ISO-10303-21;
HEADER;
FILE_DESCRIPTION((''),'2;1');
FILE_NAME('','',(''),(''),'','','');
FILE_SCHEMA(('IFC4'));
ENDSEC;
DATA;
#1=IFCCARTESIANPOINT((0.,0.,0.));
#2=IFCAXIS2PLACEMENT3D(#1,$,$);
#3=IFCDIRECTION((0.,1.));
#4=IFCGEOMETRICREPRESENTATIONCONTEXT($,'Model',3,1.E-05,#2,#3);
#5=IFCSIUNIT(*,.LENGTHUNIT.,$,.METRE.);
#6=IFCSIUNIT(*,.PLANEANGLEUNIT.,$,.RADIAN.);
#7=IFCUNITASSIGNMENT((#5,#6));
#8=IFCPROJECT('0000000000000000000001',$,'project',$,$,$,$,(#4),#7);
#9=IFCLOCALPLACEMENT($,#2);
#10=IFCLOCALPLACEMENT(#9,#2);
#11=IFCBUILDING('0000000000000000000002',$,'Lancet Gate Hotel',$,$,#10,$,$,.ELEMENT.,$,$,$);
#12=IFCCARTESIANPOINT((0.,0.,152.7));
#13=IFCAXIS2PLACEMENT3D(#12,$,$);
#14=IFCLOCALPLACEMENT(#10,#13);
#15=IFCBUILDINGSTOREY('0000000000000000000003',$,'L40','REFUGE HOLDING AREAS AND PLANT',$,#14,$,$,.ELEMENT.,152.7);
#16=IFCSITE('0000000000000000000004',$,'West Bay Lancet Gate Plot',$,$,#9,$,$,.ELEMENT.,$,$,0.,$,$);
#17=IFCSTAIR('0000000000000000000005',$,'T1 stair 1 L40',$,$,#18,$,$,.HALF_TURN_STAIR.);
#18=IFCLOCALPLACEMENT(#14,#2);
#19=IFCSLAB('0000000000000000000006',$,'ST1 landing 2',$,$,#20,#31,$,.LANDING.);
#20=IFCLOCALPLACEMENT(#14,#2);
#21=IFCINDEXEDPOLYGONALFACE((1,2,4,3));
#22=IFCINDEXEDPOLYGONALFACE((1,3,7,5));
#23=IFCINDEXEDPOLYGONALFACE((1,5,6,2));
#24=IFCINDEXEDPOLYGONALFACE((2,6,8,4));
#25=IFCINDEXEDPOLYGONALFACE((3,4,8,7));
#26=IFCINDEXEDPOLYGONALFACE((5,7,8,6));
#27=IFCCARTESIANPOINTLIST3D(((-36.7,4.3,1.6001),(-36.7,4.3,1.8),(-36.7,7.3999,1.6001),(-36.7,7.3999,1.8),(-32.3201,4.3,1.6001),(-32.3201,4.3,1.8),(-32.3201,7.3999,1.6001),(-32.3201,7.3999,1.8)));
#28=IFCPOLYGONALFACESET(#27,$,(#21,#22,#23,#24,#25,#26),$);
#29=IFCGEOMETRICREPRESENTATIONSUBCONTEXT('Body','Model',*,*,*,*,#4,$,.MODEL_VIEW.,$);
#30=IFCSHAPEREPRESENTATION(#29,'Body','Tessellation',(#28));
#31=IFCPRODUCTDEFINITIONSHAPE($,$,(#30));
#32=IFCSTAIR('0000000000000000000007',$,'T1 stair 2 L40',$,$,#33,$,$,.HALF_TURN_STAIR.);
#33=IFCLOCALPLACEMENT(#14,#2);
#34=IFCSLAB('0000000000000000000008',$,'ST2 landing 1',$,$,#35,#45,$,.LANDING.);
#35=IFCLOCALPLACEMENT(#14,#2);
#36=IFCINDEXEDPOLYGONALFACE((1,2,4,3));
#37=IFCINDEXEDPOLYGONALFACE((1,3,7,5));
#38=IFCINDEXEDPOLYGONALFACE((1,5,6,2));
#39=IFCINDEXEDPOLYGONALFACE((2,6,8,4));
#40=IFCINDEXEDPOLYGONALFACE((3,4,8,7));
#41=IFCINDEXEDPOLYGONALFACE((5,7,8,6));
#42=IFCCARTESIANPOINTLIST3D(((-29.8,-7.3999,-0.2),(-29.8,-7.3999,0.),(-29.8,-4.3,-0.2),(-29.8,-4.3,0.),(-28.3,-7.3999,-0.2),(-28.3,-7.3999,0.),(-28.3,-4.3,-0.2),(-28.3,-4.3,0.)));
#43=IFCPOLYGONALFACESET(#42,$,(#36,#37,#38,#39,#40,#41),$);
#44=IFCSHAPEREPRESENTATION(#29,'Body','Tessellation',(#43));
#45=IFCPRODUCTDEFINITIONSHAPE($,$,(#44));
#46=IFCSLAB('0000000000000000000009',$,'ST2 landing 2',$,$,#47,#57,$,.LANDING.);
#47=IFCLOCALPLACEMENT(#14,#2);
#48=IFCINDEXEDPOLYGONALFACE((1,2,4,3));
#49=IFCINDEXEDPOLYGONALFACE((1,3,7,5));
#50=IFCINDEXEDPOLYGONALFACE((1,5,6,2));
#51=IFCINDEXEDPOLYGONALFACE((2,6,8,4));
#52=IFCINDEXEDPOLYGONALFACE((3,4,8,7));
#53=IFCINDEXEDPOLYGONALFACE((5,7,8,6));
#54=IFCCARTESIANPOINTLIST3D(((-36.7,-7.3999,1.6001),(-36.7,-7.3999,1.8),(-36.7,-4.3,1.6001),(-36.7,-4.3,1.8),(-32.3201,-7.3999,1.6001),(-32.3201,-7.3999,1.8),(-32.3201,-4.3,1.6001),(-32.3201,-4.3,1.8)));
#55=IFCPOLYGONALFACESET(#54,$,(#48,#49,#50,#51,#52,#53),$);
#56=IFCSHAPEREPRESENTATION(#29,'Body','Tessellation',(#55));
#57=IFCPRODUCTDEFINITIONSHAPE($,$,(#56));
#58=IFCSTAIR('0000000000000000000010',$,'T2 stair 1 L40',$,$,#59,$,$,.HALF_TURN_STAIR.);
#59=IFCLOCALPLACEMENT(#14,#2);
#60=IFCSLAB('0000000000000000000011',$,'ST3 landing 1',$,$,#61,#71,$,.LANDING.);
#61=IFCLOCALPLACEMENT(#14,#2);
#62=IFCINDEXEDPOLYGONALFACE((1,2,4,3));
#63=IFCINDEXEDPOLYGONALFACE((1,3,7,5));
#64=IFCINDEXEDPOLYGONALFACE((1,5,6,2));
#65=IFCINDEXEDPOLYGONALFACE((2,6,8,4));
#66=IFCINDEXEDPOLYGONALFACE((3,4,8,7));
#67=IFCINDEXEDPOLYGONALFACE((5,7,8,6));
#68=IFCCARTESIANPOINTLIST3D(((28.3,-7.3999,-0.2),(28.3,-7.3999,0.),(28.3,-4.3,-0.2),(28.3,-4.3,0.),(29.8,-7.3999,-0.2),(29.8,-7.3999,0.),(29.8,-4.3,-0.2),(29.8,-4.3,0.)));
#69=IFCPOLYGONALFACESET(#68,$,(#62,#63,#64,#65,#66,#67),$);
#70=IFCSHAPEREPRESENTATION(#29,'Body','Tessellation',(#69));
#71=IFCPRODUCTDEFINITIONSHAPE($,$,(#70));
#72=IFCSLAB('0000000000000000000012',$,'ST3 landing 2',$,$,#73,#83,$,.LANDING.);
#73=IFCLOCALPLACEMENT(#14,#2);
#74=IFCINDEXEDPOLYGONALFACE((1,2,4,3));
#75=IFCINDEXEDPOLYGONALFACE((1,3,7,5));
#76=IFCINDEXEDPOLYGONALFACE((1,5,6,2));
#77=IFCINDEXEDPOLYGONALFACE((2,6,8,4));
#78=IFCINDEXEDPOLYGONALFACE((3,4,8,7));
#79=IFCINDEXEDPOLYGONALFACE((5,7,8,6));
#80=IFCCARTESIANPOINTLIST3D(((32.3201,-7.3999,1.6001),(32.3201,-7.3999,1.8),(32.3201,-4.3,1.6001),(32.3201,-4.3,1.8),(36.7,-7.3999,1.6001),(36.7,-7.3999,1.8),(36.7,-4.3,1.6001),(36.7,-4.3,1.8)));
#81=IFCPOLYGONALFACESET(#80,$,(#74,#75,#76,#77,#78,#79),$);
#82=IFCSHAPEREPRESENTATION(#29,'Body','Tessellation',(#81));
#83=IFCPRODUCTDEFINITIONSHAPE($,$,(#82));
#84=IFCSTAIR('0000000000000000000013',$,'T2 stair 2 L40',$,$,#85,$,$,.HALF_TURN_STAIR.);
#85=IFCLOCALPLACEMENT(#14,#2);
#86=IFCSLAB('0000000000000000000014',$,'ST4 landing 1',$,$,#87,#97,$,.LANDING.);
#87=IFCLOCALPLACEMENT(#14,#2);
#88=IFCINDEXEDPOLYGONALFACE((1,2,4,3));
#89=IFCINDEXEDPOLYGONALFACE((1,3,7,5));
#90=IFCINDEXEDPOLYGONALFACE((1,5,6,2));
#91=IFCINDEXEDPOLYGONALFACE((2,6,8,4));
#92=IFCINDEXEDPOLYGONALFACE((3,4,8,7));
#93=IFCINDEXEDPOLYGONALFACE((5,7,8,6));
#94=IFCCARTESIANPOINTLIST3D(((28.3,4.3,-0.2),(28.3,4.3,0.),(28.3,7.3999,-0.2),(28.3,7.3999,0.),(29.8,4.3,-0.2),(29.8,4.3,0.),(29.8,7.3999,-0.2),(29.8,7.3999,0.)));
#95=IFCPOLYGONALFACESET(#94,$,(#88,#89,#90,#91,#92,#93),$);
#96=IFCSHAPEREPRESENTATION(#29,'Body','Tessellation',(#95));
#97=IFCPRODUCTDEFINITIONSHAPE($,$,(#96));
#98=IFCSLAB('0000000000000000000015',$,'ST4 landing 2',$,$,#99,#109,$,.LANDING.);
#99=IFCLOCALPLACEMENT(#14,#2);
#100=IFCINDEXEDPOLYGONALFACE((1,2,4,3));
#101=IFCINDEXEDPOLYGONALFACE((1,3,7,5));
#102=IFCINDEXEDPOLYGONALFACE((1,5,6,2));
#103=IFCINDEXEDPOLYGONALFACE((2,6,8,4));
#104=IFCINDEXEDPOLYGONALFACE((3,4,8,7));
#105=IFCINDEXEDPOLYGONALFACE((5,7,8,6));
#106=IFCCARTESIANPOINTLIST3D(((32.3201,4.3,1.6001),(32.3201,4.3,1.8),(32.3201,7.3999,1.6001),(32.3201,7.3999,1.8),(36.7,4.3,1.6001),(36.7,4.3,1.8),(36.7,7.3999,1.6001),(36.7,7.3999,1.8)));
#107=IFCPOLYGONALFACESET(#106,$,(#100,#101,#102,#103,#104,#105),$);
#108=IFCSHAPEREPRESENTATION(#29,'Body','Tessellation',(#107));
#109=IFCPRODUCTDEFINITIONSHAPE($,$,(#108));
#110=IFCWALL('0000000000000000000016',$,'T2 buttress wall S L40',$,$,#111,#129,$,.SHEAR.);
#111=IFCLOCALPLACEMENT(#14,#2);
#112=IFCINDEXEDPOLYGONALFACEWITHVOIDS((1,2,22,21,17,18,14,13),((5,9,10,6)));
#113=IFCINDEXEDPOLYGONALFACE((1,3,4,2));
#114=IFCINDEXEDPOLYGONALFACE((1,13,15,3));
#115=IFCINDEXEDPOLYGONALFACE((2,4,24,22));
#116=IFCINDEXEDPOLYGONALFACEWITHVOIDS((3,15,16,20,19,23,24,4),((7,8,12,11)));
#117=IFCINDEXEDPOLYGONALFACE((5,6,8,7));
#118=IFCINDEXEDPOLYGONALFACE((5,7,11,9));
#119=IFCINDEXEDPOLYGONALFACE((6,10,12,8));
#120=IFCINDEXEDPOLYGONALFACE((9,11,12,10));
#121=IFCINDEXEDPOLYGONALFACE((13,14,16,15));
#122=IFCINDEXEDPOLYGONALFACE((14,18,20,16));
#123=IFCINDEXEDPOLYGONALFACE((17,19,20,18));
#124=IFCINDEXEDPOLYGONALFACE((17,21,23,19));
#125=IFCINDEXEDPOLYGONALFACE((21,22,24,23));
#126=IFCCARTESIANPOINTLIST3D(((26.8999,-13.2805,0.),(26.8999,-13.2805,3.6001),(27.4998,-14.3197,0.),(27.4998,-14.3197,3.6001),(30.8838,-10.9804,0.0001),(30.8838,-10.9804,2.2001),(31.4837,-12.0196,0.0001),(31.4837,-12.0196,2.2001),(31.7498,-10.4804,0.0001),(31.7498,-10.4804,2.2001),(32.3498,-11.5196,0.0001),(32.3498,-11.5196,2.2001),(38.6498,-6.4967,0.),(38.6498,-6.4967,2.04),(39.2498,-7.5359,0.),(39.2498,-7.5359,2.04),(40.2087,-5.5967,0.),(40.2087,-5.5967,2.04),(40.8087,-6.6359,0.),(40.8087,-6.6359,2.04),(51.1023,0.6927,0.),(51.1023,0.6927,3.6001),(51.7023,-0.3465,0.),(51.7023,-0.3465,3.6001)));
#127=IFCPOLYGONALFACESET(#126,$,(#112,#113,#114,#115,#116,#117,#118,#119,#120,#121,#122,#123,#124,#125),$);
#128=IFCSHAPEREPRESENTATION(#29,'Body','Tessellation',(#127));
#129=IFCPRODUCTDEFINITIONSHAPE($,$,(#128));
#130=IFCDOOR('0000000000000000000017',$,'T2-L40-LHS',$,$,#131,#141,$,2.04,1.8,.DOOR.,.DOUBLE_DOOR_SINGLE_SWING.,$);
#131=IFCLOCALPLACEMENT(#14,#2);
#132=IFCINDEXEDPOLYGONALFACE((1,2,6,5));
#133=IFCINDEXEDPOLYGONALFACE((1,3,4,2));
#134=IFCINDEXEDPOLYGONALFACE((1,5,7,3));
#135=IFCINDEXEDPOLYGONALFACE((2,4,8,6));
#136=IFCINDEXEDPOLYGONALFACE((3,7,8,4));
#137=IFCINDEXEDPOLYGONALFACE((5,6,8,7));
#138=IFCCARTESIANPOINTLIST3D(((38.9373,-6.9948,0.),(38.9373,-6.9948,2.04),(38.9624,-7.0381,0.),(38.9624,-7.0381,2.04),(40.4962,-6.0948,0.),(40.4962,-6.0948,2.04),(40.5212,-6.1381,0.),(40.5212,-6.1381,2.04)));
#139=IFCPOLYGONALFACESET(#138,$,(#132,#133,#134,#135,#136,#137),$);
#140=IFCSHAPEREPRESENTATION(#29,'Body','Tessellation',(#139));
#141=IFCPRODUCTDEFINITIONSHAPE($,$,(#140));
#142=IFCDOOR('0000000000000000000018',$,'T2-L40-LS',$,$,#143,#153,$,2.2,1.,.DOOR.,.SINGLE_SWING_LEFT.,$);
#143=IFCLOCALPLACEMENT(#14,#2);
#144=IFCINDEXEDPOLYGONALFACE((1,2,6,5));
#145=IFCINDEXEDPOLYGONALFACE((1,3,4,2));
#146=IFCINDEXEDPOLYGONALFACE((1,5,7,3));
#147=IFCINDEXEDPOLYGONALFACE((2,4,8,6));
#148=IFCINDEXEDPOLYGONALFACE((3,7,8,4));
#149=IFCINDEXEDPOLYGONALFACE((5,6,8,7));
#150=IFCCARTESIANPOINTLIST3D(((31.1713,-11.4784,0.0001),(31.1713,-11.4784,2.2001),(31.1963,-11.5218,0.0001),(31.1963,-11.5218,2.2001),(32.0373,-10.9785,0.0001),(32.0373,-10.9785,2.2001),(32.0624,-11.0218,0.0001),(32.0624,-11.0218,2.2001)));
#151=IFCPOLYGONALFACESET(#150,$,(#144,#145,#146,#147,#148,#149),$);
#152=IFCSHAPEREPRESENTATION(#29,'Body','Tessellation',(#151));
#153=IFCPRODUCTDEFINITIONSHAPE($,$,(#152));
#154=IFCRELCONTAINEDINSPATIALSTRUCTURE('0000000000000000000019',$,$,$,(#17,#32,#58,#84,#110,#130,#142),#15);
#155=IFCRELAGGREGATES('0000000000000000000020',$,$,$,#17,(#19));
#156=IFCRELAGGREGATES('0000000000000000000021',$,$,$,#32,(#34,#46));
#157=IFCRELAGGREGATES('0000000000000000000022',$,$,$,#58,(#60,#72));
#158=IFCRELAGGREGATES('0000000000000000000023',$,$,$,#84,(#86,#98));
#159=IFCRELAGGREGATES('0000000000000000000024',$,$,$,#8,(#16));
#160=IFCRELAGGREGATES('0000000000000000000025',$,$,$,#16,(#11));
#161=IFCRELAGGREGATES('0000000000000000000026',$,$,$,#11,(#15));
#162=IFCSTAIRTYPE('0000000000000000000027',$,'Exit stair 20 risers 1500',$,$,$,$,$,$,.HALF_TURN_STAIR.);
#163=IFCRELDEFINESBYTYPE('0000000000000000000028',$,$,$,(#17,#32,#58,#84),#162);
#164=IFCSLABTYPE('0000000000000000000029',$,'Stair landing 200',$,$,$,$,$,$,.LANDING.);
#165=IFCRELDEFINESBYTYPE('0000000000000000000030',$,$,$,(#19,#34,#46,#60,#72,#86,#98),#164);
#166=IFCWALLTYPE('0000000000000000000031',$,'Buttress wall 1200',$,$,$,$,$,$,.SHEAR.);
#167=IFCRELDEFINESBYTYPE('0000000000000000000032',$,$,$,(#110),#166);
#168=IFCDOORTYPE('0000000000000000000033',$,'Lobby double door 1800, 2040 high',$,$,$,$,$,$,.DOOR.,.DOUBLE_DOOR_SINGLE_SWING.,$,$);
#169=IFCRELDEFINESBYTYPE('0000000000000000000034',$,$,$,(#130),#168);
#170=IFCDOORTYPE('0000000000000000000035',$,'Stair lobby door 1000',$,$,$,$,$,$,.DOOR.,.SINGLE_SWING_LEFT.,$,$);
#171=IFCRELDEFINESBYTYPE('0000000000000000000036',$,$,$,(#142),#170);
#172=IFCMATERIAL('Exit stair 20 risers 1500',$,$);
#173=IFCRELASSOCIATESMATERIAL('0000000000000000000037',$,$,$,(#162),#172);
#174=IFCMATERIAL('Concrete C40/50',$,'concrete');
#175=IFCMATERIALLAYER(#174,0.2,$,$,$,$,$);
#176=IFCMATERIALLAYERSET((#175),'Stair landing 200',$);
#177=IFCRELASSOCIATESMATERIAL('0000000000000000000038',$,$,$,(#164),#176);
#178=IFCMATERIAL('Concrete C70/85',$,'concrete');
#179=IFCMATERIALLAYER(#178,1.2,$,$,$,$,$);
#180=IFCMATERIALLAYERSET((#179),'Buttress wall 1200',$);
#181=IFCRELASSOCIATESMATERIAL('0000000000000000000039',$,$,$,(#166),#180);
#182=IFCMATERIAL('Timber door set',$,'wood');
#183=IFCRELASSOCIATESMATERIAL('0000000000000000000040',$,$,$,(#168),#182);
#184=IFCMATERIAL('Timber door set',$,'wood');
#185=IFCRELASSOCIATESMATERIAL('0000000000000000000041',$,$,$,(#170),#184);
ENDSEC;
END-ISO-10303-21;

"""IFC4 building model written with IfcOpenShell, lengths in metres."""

from ifc_helpers import new_model, si_unit, direction, frame, frame_2d, origin, place, context, subcontext, project, spatial, polyline, rectangle, outline, extrude, material, layer, layer_set, type_object, element, fill, aggregate, save


model = new_model("IFC4")

# Units and contexts
model_context = context("Model", 3, precision=1e-05, world=origin(), true_north=direction((0.0, 1.0)))
body_context = subcontext(model_context, "Body", "Model", "MODEL_VIEW")
ifc_project = project(units=[si_unit("LENGTHUNIT", "METRE"), si_unit("PLANEANGLEUNIT", "RADIAN")], contexts=[model_context])

# Site, building, storey
site_placement = place(None, origin())
site = spatial("IfcSite", under=ifc_project, at=site_placement, Name="West Bay Lancet Gate Plot", CompositionType="ELEMENT", RefElevation=0.0)
building_placement = place(site_placement, origin())
building = spatial("IfcBuilding", under=site, at=building_placement, Name="Lancet Gate Hotel", CompositionType="ELEMENT")
storey_placement = place(building_placement, frame((0.0, 0.0, 152.7)))
storey = spatial("IfcBuildingStorey", under=building, at=storey_placement, Name="L40", Description="REFUGE HOLDING AREAS AND PLANT", CompositionType="ELEMENT", Elevation=152.7)

# Stairs, slabs
ifc_material_1 = material(Name="Exit stair 20 risers 1500")
stair_type = type_object("IfcStairType", Name="Exit stair 20 risers 1500", PredefinedType="HALF_TURN_STAIR", material=ifc_material_1)
stair_1_placement = place(storey_placement, origin())
stair_1 = element("IfcStair", 1, at=stair_1_placement, inside=storey, type_object=stair_type, Name="T1 stair 1 L40", PredefinedType="HALF_TURN_STAIR")
ifc_material_2 = material(Name="Concrete C40/50", Category="concrete")
ifc_layer_1 = layer(ifc_material_2, 0.2)
ifc_layer_set_1 = layer_set([ifc_layer_1], Name="Stair landing 200")
slab_type_1 = type_object("IfcSlabType", Name="Stair landing 200", PredefinedType="LANDING", material=ifc_layer_set_1)
slab_1_placement = place(storey_placement, frame((0.0, 0.0, 1.6001)))
slab_1 = element("IfcSlab", 2, at=slab_1_placement, type_object=slab_type_1, Name="ST1 landing 2", PredefinedType="LANDING", context=body_context, shape_type="SweptSolid", body=[
    extrude(outline(polyline([(-32.3201, 7.3999), (-36.7, 7.3999), (-36.7, 4.3), (-32.3201, 4.3), (-32.3201, 7.3999)])), origin(), (0.0, 0.0, 1.0), 0.2),
])
aggregate(stair_1, [slab_1])
stair_2_placement = place(storey_placement, origin())
stair_2 = element("IfcStair", 3, at=stair_2_placement, inside=storey, type_object=stair_type, Name="T1 stair 2 L40", PredefinedType="HALF_TURN_STAIR")
slab_2_placement = place(storey_placement, frame((0.0, 0.0, -0.2)))
slab_2 = element("IfcSlab", 4, at=slab_2_placement, type_object=slab_type_1, Name="ST2 landing 1", PredefinedType="LANDING", context=body_context, shape_type="SweptSolid", body=[
    extrude(outline(polyline([(-28.3, -4.3), (-29.8, -4.3), (-29.8, -7.3999), (-28.3, -7.3999), (-28.3, -4.3)])), origin(), (0.0, 0.0, 1.0), 0.2),
])
slab_3_placement = place(storey_placement, frame((0.0, 0.0, 1.6001)))
slab_3 = element("IfcSlab", 5, at=slab_3_placement, type_object=slab_type_1, Name="ST2 landing 2", PredefinedType="LANDING", context=body_context, shape_type="SweptSolid", body=[
    extrude(outline(polyline([(-32.3201, -4.3), (-36.7, -4.3), (-36.7, -7.3999), (-32.3201, -7.3999), (-32.3201, -4.3)])), origin(), (0.0, 0.0, 1.0), 0.2),
])
aggregate(stair_2, [slab_2, slab_3])
stair_3_placement = place(storey_placement, origin())
stair_3 = element("IfcStair", 6, at=stair_3_placement, inside=storey, type_object=stair_type, Name="T2 stair 1 L40", PredefinedType="HALF_TURN_STAIR")
slab_4_placement = place(storey_placement, frame((0.0, 0.0, -0.2)))
slab_4 = element("IfcSlab", 7, at=slab_4_placement, type_object=slab_type_1, Name="ST3 landing 1", PredefinedType="LANDING", context=body_context, shape_type="SweptSolid", body=[
    extrude(outline(polyline([(28.3, -7.3999), (29.8, -7.3999), (29.8, -4.3), (28.3, -4.3), (28.3, -7.3999)])), origin(), (0.0, 0.0, 1.0), 0.2),
])
slab_5_placement = place(storey_placement, frame((0.0, 0.0, 1.6001)))
slab_5 = element("IfcSlab", 8, at=slab_5_placement, type_object=slab_type_1, Name="ST3 landing 2", PredefinedType="LANDING", context=body_context, shape_type="SweptSolid", body=[
    extrude(outline(polyline([(32.3201, -7.3999), (36.7, -7.3999), (36.7, -4.3), (32.3201, -4.3), (32.3201, -7.3999)])), origin(), (0.0, 0.0, 1.0), 0.2),
])
aggregate(stair_3, [slab_4, slab_5])
stair_4_placement = place(storey_placement, origin())
stair_4 = element("IfcStair", 9, at=stair_4_placement, inside=storey, type_object=stair_type, Name="T2 stair 2 L40", PredefinedType="HALF_TURN_STAIR")
slab_6_placement = place(storey_placement, frame((0.0, 0.0, -0.2)))
slab_6 = element("IfcSlab", 10, at=slab_6_placement, type_object=slab_type_1, Name="ST4 landing 1", PredefinedType="LANDING", context=body_context, shape_type="SweptSolid", body=[
    extrude(outline(polyline([(28.3, 4.3), (29.8, 4.3), (29.8, 7.3999), (28.3, 7.3999), (28.3, 4.3)])), origin(), (0.0, 0.0, 1.0), 0.2),
])
slab_7_placement = place(storey_placement, frame((0.0, 0.0, 1.6001)))
slab_7 = element("IfcSlab", 11, at=slab_7_placement, type_object=slab_type_1, Name="ST4 landing 2", PredefinedType="LANDING", context=body_context, shape_type="SweptSolid", body=[
    extrude(outline(polyline([(32.3201, 4.3), (36.7, 4.3), (36.7, 7.3999), (32.3201, 7.3999), (32.3201, 4.3)])), origin(), (0.0, 0.0, 1.0), 0.2),
])
aggregate(stair_4, [slab_6, slab_7])

# Wall, openings, doors
ifc_material_3 = material(Name="Concrete C70/85", Category="concrete")
ifc_layer_2 = layer(ifc_material_3, 1.2)
ifc_layer_set_2 = layer_set([ifc_layer_2], Name="Buttress wall 1200")
wall_type = type_object("IfcWallType", Name="Buttress wall 1200", PredefinedType="SHEAR", material=ifc_layer_set_2)
wall_1_placement = place(storey_placement, frame((27.2, -13.8, 0.0), z_axis=(0.0, 0.0, 1.0), x_axis=(0.866027, 0.499997, 0.0)))
wall_1 = element("IfcWall", 12, at=wall_1_placement, inside=storey, type_object=wall_type, Name="T2 buttress wall S L40", PredefinedType="SHEAR", context=body_context, shape_type="SweptSolid", body=[
    extrude(rectangle(XDim=27.9465, YDim=1.2, at=frame_2d((13.9731, 0.0))), origin(), (0.0, 0.0, 1.0), 3.6001),
])
opening_1_placement = place(wall_1_placement, frame((4.6001, 0.0, 0.0)))
opening_1 = element("IfcOpeningElement", 13, at=opening_1_placement, cuts=wall_1, PredefinedType="OPENING", context=body_context, shape_type="SweptSolid", body=[
    extrude(rectangle(XDim=1.0, YDim=2.2, at=frame_2d((0.5, 1.1001))), frame((0.0, 0.6099, 0.0), z_axis=(0.0, -1.0, 0.0), x_axis=(1.0, 0.0, 0.0)), (0.0, 0.0, 1.0), 1.22),
])
opening_2_placement = place(wall_1_placement, frame((13.5676, 0.0, 0.0)))
opening_2 = element("IfcOpeningElement", 14, at=opening_2_placement, cuts=wall_1, PredefinedType="OPENING", context=body_context, shape_type="SweptSolid", body=[
    extrude(rectangle(XDim=1.8, YDim=2.04, at=frame_2d((0.8999, 1.02))), frame((0.0, 0.6099, 0.0), z_axis=(0.0, -1.0, 0.0), x_axis=(1.0, 0.0, 0.0)), (0.0, 0.0, 1.0), 1.22),
])
ifc_material_4 = material(Name="Timber door set", Category="wood")
door_type_1 = type_object("IfcDoorType", Name="Lobby double door 1800, 2040 high", OperationType="DOUBLE_DOOR_SINGLE_SWING", PredefinedType="DOOR", material=ifc_material_4)
door_1_placement = place(opening_2_placement, origin())
door_1 = element("IfcDoor", 15, at=door_1_placement, inside=storey, type_object=door_type_1, Name="T2-L40-LHS", OperationType="DOUBLE_DOOR_SINGLE_SWING", OverallHeight=2.04, OverallWidth=1.8, PredefinedType="DOOR", context=body_context, shape_type="SweptSolid", body=[
    extrude(rectangle(XDim=1.8, YDim=2.04, at=frame_2d((0.8999, 1.02))), frame((0.0, 0.0249, 0.0), z_axis=(0.0, -1.0, 0.0), x_axis=(1.0, 0.0, 0.0)), (0.0, 0.0, 1.0), 0.05),
])
fill(opening_2, door_1)
ifc_material_5 = material(Name="Timber door set", Category="wood")
door_type_2 = type_object("IfcDoorType", Name="Stair lobby door 1000", OperationType="SINGLE_SWING_LEFT", PredefinedType="DOOR", material=ifc_material_5)
door_2_placement = place(opening_1_placement, origin())
door_2 = element("IfcDoor", 16, at=door_2_placement, inside=storey, type_object=door_type_2, Name="T2-L40-LS", OperationType="SINGLE_SWING_LEFT", OverallHeight=2.2, OverallWidth=1.0, PredefinedType="DOOR", context=body_context, shape_type="SweptSolid", body=[
    extrude(rectangle(XDim=1.0, YDim=2.2, at=frame_2d((0.5, 1.1001))), frame((0.0, 0.0249, 0.0), z_axis=(0.0, -1.0, 0.0), x_axis=(1.0, 0.0, 0.0)), (0.0, 0.0, 1.0), 0.05),
])
fill(opening_1, door_2)

save(model, "model.ifc")
